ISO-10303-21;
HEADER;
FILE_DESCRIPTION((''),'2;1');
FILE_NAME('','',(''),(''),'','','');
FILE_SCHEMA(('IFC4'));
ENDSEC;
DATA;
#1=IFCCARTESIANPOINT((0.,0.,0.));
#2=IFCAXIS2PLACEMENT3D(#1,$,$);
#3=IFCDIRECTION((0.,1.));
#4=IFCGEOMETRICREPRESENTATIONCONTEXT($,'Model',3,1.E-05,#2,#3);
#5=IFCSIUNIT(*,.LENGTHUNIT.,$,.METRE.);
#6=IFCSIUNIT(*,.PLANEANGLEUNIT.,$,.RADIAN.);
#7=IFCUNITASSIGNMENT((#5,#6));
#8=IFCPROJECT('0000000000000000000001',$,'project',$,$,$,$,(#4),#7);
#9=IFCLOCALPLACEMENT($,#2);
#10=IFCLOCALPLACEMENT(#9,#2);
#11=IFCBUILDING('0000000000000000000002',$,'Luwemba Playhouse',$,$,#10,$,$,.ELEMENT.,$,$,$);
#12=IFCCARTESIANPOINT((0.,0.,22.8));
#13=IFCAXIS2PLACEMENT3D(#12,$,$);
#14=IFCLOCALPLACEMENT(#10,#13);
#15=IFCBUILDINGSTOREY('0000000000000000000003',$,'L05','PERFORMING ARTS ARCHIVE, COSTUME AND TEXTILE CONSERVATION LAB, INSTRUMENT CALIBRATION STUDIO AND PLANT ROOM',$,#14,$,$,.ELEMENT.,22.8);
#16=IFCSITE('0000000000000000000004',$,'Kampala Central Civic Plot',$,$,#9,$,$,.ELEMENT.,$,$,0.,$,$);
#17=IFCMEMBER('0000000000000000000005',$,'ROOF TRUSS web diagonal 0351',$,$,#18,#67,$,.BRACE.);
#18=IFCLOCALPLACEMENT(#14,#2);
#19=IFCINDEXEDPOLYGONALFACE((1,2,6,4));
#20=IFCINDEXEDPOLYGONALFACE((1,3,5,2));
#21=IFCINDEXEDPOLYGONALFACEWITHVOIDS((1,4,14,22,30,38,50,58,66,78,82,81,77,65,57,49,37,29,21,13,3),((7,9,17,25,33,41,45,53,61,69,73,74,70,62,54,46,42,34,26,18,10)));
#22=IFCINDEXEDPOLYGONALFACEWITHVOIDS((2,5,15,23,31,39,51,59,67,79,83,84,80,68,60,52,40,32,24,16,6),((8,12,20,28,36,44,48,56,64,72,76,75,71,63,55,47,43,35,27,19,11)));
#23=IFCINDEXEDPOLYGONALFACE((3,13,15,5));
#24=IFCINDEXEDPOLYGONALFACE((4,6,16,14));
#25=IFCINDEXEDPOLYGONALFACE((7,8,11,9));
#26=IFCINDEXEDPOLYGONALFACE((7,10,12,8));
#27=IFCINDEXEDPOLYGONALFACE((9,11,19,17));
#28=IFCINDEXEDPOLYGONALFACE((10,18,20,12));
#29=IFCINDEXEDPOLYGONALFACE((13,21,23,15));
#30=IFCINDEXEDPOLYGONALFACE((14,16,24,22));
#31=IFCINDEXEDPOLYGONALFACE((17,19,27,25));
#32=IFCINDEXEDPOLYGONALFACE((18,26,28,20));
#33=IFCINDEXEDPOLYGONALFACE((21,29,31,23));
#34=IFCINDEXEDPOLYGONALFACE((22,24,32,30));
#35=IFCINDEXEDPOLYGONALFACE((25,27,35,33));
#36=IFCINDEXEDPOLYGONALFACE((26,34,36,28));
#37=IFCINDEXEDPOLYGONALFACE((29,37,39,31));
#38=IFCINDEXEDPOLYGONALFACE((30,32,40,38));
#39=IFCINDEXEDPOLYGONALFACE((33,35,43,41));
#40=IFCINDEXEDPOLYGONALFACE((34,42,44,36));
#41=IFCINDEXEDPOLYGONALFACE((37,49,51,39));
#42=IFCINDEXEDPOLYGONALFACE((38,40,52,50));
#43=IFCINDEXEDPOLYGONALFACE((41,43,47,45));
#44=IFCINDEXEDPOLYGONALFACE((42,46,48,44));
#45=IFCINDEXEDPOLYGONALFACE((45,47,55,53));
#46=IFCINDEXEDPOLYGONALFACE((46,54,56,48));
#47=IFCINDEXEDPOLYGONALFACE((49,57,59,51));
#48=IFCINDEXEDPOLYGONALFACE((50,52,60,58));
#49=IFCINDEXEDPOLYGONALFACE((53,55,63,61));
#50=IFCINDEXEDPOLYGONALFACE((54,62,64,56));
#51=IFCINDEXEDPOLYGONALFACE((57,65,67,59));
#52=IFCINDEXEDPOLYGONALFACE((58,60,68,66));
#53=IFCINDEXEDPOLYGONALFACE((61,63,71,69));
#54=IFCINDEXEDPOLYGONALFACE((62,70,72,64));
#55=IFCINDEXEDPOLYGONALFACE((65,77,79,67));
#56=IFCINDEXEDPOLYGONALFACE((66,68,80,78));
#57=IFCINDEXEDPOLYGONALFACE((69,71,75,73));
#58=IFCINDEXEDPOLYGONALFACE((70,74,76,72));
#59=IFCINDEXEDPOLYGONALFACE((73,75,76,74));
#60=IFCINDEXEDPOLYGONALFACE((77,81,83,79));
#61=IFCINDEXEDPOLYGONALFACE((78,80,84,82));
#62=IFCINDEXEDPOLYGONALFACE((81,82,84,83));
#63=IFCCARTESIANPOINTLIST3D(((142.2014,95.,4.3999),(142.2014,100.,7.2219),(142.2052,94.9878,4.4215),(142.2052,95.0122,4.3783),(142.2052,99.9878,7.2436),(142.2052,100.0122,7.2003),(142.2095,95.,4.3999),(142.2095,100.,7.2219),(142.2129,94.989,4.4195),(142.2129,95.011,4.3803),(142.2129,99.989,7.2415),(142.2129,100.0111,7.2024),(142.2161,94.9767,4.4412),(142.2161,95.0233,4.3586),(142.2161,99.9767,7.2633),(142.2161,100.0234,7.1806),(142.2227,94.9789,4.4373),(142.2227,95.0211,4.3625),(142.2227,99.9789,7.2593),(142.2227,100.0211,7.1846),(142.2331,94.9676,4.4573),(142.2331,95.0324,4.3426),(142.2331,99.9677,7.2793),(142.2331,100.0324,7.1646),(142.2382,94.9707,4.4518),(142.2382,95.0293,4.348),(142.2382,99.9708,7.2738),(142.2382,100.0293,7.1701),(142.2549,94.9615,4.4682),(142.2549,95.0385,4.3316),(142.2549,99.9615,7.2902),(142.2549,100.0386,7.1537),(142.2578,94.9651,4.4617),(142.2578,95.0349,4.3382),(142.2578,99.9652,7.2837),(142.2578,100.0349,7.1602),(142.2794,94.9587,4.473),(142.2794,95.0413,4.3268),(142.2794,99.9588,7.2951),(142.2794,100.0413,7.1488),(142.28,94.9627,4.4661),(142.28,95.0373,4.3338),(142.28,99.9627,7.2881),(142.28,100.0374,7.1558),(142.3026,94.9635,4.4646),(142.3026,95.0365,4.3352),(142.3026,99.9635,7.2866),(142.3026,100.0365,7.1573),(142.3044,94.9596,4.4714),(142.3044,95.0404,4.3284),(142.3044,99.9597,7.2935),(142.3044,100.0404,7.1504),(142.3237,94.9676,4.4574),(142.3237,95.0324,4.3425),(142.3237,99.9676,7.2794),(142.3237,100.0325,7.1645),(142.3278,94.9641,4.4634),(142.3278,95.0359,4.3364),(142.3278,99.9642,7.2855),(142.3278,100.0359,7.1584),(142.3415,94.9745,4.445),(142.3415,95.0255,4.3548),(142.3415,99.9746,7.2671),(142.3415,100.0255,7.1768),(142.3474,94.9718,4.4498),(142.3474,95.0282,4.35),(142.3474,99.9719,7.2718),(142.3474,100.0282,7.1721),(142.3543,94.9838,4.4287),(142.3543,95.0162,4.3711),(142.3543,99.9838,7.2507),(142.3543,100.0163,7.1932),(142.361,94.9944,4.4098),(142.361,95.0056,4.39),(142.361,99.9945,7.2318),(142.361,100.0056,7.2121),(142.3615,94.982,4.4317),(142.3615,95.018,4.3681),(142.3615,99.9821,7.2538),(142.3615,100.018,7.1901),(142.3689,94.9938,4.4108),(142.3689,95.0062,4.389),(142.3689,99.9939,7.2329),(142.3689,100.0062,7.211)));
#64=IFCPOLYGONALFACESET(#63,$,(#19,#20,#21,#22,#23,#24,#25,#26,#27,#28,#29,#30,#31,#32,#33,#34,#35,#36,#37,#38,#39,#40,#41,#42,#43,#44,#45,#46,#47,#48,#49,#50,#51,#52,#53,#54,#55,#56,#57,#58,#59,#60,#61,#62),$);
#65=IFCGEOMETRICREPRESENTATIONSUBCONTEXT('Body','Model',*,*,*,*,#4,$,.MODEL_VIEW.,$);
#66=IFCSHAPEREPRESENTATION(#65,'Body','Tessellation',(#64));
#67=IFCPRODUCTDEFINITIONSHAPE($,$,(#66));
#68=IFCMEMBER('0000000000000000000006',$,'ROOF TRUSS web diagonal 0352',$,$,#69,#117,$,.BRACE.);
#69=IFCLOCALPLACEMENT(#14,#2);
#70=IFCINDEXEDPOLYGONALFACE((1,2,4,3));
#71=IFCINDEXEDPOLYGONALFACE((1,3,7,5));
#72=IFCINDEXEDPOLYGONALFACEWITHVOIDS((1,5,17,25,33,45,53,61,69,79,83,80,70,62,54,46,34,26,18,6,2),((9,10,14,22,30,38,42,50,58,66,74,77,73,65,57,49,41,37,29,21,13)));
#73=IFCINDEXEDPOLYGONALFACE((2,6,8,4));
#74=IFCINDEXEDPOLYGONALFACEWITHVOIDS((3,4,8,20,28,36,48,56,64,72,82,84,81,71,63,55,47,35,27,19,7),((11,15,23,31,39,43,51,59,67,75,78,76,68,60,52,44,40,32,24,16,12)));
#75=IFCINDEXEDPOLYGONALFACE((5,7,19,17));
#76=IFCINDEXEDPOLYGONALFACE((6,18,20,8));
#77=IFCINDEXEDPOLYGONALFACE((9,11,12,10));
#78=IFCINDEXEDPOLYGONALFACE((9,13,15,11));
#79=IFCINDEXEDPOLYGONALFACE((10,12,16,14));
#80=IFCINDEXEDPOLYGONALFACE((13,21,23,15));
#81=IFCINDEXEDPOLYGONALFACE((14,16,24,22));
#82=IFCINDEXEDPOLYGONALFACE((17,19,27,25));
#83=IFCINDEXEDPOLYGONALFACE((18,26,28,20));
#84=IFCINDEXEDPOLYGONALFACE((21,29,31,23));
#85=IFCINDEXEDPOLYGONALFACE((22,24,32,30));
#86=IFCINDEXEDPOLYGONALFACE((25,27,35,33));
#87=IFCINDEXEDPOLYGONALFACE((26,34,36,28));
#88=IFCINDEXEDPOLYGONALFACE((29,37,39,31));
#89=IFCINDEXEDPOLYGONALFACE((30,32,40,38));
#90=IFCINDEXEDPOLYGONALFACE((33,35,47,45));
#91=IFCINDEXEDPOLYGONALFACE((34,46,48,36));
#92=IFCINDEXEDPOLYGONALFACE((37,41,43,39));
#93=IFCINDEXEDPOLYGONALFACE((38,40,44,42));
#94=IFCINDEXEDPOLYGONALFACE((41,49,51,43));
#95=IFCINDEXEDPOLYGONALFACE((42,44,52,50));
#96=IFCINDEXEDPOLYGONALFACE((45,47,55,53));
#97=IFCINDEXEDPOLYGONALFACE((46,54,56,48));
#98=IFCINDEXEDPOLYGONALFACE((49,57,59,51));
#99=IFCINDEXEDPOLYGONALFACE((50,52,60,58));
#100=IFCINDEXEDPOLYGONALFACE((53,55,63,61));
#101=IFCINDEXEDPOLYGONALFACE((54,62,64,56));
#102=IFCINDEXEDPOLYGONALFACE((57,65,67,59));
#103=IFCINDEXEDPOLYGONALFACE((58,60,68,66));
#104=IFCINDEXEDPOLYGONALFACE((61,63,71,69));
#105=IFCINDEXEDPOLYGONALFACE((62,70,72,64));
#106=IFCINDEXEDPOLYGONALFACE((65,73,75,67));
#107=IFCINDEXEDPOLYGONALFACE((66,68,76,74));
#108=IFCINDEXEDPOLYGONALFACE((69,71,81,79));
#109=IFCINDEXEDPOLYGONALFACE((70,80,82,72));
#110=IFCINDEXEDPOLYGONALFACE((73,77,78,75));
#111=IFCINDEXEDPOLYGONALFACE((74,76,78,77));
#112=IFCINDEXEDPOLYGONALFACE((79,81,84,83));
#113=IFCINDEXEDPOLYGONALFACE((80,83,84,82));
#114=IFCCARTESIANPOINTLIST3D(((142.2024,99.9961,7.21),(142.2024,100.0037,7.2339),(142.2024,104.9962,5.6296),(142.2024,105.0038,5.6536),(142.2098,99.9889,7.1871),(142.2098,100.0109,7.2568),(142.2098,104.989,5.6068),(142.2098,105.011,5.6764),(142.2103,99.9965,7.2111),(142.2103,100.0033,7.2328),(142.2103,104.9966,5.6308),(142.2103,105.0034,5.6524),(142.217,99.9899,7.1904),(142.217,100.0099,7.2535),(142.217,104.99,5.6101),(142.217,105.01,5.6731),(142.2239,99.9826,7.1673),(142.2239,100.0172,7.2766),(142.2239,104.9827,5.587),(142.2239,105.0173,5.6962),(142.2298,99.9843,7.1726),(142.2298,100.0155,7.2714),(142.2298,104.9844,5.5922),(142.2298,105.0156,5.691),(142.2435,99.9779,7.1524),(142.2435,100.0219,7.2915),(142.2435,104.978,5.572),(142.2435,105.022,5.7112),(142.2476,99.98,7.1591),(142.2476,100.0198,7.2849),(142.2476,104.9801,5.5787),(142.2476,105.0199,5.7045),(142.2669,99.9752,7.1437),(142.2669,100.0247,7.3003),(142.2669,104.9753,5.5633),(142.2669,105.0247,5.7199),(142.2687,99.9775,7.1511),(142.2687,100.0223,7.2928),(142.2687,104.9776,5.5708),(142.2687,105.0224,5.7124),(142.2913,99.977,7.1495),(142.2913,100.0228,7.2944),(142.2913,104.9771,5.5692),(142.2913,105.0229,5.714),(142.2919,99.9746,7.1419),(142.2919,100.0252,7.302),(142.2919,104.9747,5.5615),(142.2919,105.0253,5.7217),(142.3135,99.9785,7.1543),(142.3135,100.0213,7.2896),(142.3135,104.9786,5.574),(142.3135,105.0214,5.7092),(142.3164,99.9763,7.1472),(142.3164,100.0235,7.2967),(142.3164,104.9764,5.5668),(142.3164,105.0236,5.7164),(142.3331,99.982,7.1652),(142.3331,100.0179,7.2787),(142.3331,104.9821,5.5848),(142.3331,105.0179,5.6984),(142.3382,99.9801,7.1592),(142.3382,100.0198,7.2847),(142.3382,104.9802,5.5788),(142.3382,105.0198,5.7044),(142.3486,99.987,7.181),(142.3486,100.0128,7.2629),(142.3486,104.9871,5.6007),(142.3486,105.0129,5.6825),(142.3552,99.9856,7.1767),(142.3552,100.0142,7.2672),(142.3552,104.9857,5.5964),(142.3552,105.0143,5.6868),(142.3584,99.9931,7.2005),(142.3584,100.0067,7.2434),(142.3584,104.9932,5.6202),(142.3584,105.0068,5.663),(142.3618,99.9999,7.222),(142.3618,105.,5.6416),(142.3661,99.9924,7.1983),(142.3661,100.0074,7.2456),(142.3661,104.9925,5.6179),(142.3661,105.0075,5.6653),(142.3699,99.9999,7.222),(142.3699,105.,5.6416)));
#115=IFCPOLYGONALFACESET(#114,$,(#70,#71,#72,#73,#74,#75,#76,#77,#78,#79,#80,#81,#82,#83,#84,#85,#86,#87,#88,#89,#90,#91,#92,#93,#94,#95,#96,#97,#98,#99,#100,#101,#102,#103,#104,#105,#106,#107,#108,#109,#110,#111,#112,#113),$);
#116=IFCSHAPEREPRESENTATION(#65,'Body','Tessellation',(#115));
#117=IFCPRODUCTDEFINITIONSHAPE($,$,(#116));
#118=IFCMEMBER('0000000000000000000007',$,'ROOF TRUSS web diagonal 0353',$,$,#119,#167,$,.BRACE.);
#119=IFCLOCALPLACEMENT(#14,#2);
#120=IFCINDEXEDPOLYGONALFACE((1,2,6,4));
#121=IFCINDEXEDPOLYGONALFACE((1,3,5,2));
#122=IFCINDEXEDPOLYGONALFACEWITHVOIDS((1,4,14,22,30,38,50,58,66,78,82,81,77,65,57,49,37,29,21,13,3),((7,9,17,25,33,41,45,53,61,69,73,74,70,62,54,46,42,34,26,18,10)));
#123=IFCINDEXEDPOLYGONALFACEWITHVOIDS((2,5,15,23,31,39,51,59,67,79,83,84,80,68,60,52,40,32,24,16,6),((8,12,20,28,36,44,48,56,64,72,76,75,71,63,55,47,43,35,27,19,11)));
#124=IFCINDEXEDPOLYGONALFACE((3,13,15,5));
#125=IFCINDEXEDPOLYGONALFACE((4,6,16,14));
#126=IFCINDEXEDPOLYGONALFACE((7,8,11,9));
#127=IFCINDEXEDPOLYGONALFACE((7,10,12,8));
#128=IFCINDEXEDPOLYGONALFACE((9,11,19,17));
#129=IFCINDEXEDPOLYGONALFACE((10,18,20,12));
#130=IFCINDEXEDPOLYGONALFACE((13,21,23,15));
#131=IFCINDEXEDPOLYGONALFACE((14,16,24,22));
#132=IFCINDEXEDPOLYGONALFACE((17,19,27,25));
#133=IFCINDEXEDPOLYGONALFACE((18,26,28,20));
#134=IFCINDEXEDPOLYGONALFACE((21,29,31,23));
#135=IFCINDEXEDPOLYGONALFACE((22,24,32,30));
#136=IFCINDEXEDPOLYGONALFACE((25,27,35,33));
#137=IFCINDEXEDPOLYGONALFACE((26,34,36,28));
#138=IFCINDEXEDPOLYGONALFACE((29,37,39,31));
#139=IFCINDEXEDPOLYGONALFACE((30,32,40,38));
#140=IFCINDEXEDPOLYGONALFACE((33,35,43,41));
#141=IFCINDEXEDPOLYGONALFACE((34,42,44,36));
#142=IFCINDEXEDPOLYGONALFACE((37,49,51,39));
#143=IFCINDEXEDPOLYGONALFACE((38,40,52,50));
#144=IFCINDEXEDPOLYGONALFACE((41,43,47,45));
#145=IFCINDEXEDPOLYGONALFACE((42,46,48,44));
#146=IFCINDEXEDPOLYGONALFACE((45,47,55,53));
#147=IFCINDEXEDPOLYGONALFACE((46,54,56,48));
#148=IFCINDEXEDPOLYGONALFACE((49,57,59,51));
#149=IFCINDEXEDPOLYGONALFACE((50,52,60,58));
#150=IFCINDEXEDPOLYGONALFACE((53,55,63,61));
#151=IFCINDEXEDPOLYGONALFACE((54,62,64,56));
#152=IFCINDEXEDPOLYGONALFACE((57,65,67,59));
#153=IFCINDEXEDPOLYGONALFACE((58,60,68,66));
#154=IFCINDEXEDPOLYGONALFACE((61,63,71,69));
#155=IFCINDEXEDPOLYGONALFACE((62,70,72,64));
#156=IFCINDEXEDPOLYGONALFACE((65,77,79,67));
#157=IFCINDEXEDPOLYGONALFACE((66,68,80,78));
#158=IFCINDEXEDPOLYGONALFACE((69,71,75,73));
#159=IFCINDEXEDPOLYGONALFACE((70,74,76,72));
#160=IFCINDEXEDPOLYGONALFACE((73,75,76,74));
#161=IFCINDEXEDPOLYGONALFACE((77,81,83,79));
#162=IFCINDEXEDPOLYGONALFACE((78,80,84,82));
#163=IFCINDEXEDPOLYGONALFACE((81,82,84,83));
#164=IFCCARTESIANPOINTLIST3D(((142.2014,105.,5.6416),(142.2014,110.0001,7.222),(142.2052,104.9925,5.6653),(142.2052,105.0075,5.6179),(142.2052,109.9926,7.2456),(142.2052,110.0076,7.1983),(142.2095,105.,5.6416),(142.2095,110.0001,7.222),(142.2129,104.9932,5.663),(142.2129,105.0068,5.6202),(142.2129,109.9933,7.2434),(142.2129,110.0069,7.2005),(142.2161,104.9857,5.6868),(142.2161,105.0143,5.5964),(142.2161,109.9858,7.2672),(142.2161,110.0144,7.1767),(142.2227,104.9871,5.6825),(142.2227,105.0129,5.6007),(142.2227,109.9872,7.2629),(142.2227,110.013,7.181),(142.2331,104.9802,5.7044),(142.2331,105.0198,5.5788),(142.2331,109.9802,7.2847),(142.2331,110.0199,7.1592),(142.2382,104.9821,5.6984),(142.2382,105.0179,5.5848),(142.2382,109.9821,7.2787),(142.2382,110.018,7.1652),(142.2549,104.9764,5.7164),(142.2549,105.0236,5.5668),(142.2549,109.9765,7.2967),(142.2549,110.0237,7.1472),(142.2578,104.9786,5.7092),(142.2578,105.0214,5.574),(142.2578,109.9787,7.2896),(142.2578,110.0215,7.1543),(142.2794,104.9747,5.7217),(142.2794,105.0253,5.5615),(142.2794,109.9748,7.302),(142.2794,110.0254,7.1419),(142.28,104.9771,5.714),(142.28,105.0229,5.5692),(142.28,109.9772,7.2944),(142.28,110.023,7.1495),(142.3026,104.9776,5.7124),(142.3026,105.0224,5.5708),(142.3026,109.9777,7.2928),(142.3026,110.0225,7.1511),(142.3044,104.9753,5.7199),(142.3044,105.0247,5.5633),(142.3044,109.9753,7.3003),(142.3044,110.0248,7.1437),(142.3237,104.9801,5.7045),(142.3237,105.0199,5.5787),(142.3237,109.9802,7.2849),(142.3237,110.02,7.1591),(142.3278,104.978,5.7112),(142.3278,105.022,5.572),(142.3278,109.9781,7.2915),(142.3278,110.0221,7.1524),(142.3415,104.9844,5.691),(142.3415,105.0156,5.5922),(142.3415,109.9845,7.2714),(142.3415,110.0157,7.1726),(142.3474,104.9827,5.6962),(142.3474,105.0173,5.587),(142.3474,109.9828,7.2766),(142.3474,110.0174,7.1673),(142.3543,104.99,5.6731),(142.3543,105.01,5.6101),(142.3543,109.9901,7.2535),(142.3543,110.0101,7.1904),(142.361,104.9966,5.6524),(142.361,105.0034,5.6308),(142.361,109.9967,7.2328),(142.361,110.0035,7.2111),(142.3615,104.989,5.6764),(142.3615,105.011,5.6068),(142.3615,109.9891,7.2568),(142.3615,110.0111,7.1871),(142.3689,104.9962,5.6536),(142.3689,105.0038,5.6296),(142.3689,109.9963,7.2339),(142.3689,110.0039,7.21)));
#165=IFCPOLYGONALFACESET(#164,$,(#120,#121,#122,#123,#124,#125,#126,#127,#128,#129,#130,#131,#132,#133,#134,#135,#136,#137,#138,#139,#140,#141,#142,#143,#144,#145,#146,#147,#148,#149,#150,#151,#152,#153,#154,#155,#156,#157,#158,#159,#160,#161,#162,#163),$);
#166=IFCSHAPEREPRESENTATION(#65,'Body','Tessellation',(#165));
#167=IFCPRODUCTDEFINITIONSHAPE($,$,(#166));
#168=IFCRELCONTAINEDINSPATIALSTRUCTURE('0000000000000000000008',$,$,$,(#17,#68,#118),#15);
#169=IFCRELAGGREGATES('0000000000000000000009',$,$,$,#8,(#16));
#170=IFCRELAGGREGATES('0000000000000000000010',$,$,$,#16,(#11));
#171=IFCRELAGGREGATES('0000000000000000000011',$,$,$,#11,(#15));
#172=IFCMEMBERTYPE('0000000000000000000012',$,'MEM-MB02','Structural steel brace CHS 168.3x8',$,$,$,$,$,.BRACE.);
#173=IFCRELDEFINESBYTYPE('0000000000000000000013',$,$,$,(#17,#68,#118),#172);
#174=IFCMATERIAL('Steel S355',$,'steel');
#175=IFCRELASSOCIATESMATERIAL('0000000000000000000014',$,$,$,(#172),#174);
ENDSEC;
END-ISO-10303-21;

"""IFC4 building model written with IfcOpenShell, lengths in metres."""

from ifc_helpers import new_model, si_unit, direction, frame, origin, origin_2d, place, context, subcontext, project, spatial, hollow_circle, extrude, material, material_profile, profile_set, type_object, element, save


model = new_model("IFC4")

# Units and contexts
model_context = context("Model", 3, precision=1e-05, world=origin(), true_north=direction((0.0, 1.0)))
body_context = subcontext(model_context, "Body", "Model", "MODEL_VIEW")
ifc_project = project(units=[si_unit("LENGTHUNIT", "METRE"), si_unit("PLANEANGLEUNIT", "RADIAN")], contexts=[model_context])

# Site, building, storey
site_placement = place(None, origin())
site = spatial("IfcSite", under=ifc_project, at=site_placement, Name="Kampala Central Civic Plot", CompositionType="ELEMENT", RefElevation=0.0)
building_placement = place(site_placement, origin())
building = spatial("IfcBuilding", under=site, at=building_placement, Name="Luwemba Playhouse", CompositionType="ELEMENT")
storey_placement = place(building_placement, frame((0.0, 0.0, 22.8)))
storey = spatial("IfcBuildingStorey", under=building, at=storey_placement, Name="L05", Description="PERFORMING ARTS ARCHIVE, COSTUME AND TEXTILE CONSERVATION LAB, INSTRUMENT CALIBRATION STUDIO AND PLANT ROOM", CompositionType="ELEMENT", Elevation=22.8)

# Shared definitions
ifc_material_1 = material(Name="Steel S355", Category="steel")

# Members
ifc_material_profile_1 = material_profile(ifc_material_1, hollow_circle(Radius=0.0842, WallThickness=0.0081, at=origin_2d()))
ifc_profile_set_1 = profile_set([ifc_material_profile_1], Name="Steel S355")
member_type_1 = type_object("IfcMemberType", Name="MEM-MB02", Description="Structural steel brace CHS 168.3x8", PredefinedType="BRACE", material=ifc_profile_set_1)
member_1_placement = place(storey_placement, frame((142.2856, 95.0, 4.3999), z_axis=(0.0, 0.870866, 0.491521), x_axis=(-1.0, 0.0, 0.0)))
element("IfcMember", 1, at=member_1_placement, inside=storey, type_object=member_type_1, Name="ROOF TRUSS web diagonal 0351", PredefinedType="BRACE", context=body_context, shape_type="SweptSolid", body=[
    extrude(hollow_circle(Radius=0.0842, WallThickness=0.0081, at=origin_2d()), origin(), (0.0, 0.0, 1.0), 5.7415),
])
for number, where, z_axis, x_axis, name in (
    (2, (142.2856, 105.0, 5.6416), (0.0, -0.953507, 0.30137), (1.0, 0.0, 0.0), "ROOF TRUSS web diagonal 0352"),
    (3, (142.2856, 105.0, 5.6416), (0.0, 0.953507, 0.30137), (-1.0, 0.0, 0.0), "ROOF TRUSS web diagonal 0353"),
):
    element("IfcMember", number, at=place(storey_placement, frame(where, z_axis=z_axis, x_axis=x_axis)), inside=storey, type_object=member_type_1, Name=name, PredefinedType="BRACE", context=body_context, shape_type="SweptSolid", body=[
        extrude(hollow_circle(Radius=0.0842, WallThickness=0.0081, at=origin_2d()), origin(), (0.0, 0.0, 1.0), 5.2439),
    ])

save(model, "model.ifc")
